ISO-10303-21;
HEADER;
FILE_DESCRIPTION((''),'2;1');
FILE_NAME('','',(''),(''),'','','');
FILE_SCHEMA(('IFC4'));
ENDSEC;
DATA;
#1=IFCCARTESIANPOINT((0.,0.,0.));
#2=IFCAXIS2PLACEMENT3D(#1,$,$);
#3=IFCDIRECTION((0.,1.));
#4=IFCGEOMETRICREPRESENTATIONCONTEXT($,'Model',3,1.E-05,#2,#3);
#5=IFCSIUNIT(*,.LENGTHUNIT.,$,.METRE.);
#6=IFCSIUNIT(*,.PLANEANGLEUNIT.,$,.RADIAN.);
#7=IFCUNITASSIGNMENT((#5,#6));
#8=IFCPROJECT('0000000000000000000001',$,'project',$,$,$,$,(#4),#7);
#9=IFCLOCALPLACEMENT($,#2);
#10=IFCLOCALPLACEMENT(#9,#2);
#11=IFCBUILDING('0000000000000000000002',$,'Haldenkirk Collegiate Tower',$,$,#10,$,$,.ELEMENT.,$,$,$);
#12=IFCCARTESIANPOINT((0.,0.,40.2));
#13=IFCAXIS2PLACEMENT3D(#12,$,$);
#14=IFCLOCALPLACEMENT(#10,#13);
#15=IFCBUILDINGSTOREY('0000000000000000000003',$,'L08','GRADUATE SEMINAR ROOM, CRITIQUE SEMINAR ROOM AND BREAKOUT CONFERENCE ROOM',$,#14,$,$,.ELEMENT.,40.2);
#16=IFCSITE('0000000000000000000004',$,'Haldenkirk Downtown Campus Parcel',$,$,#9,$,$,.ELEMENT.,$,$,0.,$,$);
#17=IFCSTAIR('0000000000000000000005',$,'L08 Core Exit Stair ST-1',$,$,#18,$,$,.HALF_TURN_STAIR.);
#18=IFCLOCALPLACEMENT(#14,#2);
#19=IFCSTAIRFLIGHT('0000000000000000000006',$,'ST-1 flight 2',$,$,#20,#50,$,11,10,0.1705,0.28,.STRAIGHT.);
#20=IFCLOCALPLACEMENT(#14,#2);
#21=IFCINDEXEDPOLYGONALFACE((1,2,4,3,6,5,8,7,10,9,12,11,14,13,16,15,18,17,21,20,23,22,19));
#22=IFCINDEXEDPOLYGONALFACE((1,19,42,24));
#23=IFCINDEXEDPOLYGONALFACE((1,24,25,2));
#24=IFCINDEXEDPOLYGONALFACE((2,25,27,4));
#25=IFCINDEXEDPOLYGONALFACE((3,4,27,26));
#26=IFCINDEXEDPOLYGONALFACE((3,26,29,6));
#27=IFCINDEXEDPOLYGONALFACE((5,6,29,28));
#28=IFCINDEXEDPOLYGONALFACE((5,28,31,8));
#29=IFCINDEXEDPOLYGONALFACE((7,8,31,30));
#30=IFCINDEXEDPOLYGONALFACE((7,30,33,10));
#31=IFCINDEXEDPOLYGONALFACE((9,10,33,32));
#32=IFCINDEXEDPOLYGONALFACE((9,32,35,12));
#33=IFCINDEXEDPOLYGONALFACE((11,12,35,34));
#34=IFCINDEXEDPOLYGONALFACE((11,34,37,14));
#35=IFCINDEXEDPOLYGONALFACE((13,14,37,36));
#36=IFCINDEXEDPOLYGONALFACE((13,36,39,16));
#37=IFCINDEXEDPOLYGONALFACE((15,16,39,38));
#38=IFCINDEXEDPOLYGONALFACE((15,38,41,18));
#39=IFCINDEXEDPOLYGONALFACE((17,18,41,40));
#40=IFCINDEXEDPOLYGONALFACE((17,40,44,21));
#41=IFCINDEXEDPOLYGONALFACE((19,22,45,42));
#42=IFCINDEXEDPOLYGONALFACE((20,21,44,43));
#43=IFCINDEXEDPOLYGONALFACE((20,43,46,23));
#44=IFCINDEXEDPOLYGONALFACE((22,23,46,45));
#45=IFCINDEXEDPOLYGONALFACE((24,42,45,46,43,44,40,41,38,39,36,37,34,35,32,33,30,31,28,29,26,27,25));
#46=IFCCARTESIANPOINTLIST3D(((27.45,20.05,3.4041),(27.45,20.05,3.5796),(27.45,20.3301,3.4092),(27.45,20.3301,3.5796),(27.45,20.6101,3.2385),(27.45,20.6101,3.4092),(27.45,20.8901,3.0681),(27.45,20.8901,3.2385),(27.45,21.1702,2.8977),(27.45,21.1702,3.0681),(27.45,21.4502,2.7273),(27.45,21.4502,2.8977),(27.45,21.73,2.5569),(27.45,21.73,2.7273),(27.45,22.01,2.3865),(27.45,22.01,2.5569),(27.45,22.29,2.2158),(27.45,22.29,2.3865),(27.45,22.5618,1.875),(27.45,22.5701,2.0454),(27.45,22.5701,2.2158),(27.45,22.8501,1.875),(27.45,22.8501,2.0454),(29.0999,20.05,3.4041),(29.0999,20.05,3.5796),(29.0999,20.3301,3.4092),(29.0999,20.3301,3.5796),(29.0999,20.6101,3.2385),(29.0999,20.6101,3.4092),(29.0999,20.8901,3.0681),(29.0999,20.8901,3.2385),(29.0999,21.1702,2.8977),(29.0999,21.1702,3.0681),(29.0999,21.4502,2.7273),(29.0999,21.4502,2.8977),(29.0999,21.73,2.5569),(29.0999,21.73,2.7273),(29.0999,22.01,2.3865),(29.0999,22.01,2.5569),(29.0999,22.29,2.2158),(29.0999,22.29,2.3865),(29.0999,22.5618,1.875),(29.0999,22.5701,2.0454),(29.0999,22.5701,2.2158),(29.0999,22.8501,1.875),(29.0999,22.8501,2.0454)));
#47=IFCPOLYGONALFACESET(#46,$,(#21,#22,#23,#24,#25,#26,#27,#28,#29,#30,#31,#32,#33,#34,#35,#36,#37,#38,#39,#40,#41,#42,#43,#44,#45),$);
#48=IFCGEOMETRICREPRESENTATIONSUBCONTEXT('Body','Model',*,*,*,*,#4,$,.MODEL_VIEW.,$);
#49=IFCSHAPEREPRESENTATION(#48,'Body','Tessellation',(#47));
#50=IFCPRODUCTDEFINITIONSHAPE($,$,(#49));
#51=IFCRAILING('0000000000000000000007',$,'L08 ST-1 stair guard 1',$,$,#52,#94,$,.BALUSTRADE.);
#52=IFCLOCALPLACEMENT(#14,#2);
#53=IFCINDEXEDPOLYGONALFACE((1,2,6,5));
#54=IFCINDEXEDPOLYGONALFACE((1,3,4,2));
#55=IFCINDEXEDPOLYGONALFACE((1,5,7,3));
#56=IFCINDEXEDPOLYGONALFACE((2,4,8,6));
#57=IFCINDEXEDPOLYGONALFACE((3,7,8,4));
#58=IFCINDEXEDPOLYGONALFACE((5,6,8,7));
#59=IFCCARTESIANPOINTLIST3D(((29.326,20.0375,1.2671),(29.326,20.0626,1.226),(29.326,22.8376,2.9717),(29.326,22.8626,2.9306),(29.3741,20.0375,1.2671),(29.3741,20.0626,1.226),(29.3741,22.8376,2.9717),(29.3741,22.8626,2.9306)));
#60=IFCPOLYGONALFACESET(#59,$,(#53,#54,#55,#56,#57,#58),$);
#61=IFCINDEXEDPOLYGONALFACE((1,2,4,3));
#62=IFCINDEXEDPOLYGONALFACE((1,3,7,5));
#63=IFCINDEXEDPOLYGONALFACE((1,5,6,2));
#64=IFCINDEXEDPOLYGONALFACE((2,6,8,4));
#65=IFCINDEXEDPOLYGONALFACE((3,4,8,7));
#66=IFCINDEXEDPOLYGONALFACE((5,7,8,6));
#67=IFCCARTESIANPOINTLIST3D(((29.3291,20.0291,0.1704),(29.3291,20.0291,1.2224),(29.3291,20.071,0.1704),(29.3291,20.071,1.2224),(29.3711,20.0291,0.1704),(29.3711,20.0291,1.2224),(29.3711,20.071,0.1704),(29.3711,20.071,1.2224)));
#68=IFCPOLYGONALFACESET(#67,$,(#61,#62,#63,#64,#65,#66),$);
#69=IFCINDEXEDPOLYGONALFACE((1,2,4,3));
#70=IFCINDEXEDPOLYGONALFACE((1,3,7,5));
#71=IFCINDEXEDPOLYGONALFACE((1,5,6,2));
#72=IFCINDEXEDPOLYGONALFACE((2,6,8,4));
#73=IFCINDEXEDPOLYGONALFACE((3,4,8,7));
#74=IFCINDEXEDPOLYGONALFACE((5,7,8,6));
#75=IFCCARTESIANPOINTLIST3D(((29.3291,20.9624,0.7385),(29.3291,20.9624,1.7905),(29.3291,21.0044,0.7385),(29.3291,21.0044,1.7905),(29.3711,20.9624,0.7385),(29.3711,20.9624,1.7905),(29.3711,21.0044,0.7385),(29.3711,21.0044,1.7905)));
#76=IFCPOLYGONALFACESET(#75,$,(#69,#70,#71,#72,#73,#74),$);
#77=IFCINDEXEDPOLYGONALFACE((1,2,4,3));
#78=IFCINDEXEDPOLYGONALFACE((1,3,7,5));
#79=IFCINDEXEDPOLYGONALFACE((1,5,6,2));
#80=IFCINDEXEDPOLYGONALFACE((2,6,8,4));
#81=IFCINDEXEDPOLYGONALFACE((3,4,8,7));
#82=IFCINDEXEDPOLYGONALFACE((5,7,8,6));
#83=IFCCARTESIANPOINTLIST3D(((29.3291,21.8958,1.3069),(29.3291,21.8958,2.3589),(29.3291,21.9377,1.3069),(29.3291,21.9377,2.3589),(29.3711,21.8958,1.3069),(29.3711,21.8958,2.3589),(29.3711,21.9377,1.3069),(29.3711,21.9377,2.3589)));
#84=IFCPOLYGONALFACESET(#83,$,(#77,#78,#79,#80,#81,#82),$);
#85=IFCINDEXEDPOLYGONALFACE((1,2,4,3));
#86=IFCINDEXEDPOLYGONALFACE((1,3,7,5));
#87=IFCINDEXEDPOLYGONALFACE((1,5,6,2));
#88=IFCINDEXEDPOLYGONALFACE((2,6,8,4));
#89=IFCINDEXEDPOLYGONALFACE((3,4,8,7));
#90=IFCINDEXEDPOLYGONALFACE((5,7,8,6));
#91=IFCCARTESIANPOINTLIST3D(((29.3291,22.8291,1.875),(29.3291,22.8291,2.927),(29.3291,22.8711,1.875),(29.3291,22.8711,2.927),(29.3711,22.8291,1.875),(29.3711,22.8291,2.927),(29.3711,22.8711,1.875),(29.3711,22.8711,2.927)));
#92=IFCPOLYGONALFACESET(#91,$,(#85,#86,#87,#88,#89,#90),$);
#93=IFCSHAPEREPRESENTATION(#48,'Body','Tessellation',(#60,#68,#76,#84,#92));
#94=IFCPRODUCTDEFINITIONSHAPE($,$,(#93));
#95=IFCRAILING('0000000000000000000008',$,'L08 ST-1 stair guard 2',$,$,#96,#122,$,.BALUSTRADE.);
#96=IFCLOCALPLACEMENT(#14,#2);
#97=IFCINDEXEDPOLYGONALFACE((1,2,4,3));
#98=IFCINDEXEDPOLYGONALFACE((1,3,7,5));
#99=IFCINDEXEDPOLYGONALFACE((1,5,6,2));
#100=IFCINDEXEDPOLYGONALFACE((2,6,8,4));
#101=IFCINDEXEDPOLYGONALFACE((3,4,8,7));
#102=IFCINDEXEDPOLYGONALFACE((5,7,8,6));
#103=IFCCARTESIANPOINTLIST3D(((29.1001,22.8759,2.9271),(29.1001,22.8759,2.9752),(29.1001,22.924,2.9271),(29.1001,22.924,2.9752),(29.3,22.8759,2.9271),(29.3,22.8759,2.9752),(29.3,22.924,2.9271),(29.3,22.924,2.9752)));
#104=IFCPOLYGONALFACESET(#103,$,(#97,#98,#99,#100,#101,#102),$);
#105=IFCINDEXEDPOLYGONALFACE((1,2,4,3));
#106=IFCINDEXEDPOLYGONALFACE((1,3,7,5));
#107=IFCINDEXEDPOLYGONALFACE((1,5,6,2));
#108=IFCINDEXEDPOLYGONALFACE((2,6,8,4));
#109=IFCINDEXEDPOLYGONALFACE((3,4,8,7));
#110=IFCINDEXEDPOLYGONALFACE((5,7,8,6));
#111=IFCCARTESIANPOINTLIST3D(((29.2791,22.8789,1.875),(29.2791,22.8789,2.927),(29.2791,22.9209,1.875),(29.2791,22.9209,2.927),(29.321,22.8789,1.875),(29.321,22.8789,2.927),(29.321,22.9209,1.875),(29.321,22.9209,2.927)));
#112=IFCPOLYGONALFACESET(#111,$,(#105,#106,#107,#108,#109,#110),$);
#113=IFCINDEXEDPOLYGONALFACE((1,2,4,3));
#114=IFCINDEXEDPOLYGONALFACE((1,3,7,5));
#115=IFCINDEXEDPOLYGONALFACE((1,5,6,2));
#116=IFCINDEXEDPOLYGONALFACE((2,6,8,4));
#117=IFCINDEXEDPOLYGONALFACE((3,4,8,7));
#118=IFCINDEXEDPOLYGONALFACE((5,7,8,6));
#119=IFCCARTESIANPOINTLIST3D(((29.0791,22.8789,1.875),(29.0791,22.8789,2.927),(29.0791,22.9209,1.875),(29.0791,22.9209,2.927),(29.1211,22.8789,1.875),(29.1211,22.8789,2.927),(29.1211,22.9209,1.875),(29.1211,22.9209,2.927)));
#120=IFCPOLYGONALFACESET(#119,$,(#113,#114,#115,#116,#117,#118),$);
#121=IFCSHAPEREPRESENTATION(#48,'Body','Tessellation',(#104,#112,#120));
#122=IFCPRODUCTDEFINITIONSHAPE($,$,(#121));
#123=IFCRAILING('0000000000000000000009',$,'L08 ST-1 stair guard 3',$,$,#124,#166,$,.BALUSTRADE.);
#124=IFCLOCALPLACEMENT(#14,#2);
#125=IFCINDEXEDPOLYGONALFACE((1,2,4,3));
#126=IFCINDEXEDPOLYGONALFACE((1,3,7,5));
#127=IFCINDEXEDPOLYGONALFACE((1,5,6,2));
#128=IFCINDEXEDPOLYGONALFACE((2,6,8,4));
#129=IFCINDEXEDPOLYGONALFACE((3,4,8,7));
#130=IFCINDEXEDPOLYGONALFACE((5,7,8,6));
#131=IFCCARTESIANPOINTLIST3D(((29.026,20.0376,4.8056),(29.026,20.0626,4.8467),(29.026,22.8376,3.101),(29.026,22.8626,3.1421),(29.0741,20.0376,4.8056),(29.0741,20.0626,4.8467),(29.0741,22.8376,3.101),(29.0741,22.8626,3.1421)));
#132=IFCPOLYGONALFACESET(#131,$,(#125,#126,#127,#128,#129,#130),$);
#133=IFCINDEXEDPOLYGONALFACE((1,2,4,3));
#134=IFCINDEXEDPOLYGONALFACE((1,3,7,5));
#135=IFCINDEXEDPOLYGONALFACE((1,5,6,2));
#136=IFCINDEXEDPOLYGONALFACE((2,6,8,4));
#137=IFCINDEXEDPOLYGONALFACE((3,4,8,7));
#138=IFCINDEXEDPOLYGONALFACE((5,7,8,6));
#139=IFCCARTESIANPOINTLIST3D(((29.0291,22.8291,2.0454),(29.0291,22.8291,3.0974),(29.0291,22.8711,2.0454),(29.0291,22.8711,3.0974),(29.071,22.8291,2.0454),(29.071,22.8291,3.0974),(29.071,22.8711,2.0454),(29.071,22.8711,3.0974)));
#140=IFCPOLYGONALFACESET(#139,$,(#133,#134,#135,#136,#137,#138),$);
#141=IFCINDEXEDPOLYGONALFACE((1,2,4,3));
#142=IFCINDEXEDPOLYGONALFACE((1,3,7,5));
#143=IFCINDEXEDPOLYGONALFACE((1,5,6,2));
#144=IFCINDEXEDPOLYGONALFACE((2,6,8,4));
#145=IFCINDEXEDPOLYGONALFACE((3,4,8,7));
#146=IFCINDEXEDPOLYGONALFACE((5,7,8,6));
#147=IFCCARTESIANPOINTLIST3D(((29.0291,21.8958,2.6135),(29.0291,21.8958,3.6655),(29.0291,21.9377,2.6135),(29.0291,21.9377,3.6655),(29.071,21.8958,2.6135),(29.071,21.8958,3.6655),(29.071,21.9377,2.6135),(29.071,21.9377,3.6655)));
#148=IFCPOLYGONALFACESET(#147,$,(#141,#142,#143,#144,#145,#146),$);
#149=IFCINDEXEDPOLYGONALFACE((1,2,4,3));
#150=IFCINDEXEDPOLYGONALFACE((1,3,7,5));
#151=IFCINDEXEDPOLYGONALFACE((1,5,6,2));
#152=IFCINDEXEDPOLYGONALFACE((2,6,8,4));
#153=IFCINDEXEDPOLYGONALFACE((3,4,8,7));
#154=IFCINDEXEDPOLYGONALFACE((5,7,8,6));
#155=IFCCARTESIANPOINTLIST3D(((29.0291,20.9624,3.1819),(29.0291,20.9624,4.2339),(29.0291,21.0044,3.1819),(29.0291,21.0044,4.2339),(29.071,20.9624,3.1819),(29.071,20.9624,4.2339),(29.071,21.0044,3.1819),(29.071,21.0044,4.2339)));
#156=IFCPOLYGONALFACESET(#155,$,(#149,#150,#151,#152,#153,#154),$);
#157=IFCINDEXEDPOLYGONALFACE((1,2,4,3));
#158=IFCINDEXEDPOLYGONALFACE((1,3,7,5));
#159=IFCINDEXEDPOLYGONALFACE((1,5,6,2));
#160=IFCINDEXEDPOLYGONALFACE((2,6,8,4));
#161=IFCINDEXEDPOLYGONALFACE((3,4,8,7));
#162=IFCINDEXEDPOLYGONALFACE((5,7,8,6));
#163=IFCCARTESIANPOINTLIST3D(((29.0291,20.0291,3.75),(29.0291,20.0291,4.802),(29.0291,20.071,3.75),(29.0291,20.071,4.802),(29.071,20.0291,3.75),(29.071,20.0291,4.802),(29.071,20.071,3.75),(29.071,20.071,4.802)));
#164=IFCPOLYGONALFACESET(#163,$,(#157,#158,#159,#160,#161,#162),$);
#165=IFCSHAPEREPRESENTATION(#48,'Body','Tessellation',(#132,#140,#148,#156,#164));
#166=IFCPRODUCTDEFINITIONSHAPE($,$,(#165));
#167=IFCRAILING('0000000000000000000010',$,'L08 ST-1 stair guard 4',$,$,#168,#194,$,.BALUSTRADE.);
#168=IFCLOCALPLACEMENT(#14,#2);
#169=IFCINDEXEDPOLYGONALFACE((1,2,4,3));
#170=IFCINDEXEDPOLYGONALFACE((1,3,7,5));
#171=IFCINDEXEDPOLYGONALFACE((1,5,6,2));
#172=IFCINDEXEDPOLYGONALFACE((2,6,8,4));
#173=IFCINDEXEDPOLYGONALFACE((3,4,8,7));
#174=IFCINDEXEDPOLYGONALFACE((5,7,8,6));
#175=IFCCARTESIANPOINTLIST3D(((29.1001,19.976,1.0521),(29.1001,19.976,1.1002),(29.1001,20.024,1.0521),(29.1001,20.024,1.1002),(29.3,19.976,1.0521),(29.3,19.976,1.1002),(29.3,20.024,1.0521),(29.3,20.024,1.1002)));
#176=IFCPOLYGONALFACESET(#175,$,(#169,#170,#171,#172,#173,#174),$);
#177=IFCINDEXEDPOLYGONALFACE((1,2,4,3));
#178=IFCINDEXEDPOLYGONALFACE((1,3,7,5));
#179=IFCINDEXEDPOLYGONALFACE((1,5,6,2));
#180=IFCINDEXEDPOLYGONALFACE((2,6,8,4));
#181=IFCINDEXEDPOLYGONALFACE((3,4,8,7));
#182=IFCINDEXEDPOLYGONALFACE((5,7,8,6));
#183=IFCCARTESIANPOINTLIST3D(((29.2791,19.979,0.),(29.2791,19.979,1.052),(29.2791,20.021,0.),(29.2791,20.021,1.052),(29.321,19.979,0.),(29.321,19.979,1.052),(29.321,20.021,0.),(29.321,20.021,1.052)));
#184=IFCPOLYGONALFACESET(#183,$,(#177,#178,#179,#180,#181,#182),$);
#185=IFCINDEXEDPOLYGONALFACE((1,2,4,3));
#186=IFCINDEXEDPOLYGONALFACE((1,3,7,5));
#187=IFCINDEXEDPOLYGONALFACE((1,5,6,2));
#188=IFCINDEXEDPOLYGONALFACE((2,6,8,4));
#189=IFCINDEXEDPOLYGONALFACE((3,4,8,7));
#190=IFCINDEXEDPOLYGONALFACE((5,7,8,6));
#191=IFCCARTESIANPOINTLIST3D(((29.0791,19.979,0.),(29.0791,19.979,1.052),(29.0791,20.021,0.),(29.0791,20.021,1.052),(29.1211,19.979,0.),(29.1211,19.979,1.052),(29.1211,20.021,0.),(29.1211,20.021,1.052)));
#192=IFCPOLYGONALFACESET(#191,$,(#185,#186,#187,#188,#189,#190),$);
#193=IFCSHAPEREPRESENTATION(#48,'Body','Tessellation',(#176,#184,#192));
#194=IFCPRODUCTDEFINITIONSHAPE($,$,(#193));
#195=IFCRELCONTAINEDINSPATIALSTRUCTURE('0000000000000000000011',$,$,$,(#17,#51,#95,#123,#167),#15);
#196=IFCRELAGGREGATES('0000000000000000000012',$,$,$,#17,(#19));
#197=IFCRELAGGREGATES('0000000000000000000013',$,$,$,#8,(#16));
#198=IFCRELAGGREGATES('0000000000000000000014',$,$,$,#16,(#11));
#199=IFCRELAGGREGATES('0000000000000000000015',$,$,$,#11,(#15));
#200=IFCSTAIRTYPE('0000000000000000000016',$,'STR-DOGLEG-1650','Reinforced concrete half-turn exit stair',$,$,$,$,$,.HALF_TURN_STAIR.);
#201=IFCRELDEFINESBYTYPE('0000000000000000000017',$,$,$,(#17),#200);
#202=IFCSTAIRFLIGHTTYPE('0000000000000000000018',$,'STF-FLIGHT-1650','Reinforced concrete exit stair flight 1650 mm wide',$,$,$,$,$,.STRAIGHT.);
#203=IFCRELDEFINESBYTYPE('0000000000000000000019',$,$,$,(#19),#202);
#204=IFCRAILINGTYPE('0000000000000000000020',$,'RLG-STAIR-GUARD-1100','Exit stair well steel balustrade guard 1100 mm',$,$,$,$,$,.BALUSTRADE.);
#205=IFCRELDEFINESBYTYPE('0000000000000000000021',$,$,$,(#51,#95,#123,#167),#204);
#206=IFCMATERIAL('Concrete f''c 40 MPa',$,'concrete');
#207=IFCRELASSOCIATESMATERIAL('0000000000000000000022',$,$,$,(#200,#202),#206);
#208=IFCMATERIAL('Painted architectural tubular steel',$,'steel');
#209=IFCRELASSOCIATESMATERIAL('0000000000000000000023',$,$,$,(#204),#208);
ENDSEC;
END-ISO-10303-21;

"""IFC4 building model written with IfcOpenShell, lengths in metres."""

from ifc_helpers import new_model, si_unit, direction, frame, origin, origin_2d, place, context, subcontext, project, spatial, polyline, rectangle, outline, extrude, material, type_object, element, aggregate, save


model = new_model("IFC4")

# Units and contexts
model_context = context("Model", 3, precision=1e-05, world=origin(), true_north=direction((0.0, 1.0)))
body_context = subcontext(model_context, "Body", "Model", "MODEL_VIEW")
ifc_project = project(units=[si_unit("LENGTHUNIT", "METRE"), si_unit("PLANEANGLEUNIT", "RADIAN")], contexts=[model_context])

# Site, building, storey
site_placement = place(None, origin())
site = spatial("IfcSite", under=ifc_project, at=site_placement, Name="Haldenkirk Downtown Campus Parcel", CompositionType="ELEMENT", RefElevation=0.0)
building_placement = place(site_placement, origin())
building = spatial("IfcBuilding", under=site, at=building_placement, Name="Haldenkirk Collegiate Tower", CompositionType="ELEMENT")
storey_placement = place(building_placement, frame((0.0, 0.0, 40.2)))
storey = spatial("IfcBuildingStorey", under=building, at=storey_placement, Name="L08", Description="GRADUATE SEMINAR ROOM, CRITIQUE SEMINAR ROOM AND BREAKOUT CONFERENCE ROOM", CompositionType="ELEMENT", Elevation=40.2)

# Stair, stair flight
ifc_material_1 = material(Name="Concrete f'c 40 MPa", Category="concrete")
stair_type = type_object("IfcStairType", Name="STR-DOGLEG-1650", Description="Reinforced concrete half-turn exit stair", PredefinedType="HALF_TURN_STAIR", material=ifc_material_1)
stair_placement = place(storey_placement, origin())
stair = element("IfcStair", 1, at=stair_placement, inside=storey, type_object=stair_type, Name="L08 Core Exit Stair ST-1", PredefinedType="HALF_TURN_STAIR")
stair_flight_type = type_object("IfcStairFlightType", Name="STF-FLIGHT-1650", Description="Reinforced concrete exit stair flight 1650 mm wide", PredefinedType="STRAIGHT", material=ifc_material_1)
stair_flight_1_placement = place(storey_placement, frame((28.2749, 22.8501, 1.875), z_axis=(0.0, 0.0, 1.0), x_axis=(0.0, -1.0, 0.0)))
stair_flight_1 = element("IfcStairFlight", 2, at=stair_flight_1_placement, type_object=stair_flight_type, Name="ST-1 flight 2", NumberOfRisers=11, NumberOfTreads=10, PredefinedType="STRAIGHT", RiserHeight=0.1705, TreadLength=0.28, context=body_context, shape_type="SweptSolid", body=[
    extrude(outline(polyline([(0.0, 0.0), (0.0, 0.1704), (0.28, 0.1704), (0.28, 0.3408), (0.5601, 0.3408), (0.5601, 0.5115), (0.8401, 0.5115), (0.8401, 0.6819), (1.1201, 0.6819), (1.1201, 0.8523), (1.3999, 0.8523), (1.3999, 1.0227), (1.6799, 1.0227), (1.6799, 1.1931), (1.96, 1.1931), (1.96, 1.3635), (2.24, 1.3635), (2.24, 1.5342), (2.52, 1.5342), (2.52, 1.7046), (2.8, 1.7046), (2.8, 1.875), (2.8, 1.5291), (0.2883, 0.0), (0.0, 0.0)])), frame((0.0, 0.825, 0.0), z_axis=(0.0, -1.0, 0.0), x_axis=(1.0, 0.0, 0.0)), (0.0, 0.0, 1.0), 1.6499),
])
aggregate(stair, [stair_flight_1])

# Railings
ifc_material_2 = material(Name="Painted architectural tubular steel", Category="steel")
railing_type_1 = type_object("IfcRailingType", Name="RLG-STAIR-GUARD-1100", Description="Exit stair well steel balustrade guard 1100 mm", PredefinedType="BALUSTRADE", material=ifc_material_2)
railing_1_placement = place(storey_placement, frame((29.3501, 20.05, 0.1704)))
element("IfcRailing", 3, at=railing_1_placement, inside=storey, type_object=railing_type_1, Name="L08 ST-1 stair guard 1", PredefinedType="BALUSTRADE", context=body_context, shape_type="SweptSolid", body=[
    extrude(rectangle(XDim=0.0481, YDim=0.0481, at=origin_2d()), frame((0.0, 0.0, 1.0762), z_axis=(0.0, 0.85417, 0.519994), x_axis=(-1.0, 0.0, 0.0)), (0.0, 0.0, 1.0), 3.2781),
    extrude(rectangle(XDim=0.042, YDim=0.042, at=origin_2d()), origin(), (0.0, 0.0, 1.0), 1.052),
    extrude(rectangle(XDim=0.042, YDim=0.042, at=origin_2d()), frame((0.0, 0.9333, 0.5681)), (0.0, 0.0, 1.0), 1.052),
    extrude(rectangle(XDim=0.042, YDim=0.042, at=origin_2d()), frame((0.0, 1.8667, 1.1365)), (0.0, 0.0, 1.0), 1.052),
    extrude(rectangle(XDim=0.042, YDim=0.042, at=origin_2d()), frame((0.0, 2.8, 1.7046)), (0.0, 0.0, 1.0), 1.052),
])
railing_2_placement = place(storey_placement, frame((29.3, 22.8999, 1.875)))
element("IfcRailing", 4, at=railing_2_placement, inside=storey, type_object=railing_type_1, Name="L08 ST-1 stair guard 2", PredefinedType="BALUSTRADE", context=body_context, shape_type="SweptSolid", body=[
    extrude(rectangle(XDim=0.0481, YDim=0.0481, at=origin_2d()), frame((0.0, 0.0, 1.0762), z_axis=(-1.0, 0.0, 0.0), x_axis=(0.0, -1.0, 0.0)), (0.0, 0.0, 1.0), 0.2),
    extrude(rectangle(XDim=0.042, YDim=0.042, at=origin_2d()), origin(), (0.0, 0.0, 1.0), 1.052),
    extrude(rectangle(XDim=0.042, YDim=0.042, at=origin_2d()), frame((-0.2, 0.0, 0.0)), (0.0, 0.0, 1.0), 1.052),
])
railing_3_placement = place(storey_placement, frame((29.05, 22.8501, 2.0454)))
element("IfcRailing", 5, at=railing_3_placement, inside=storey, type_object=railing_type_1, Name="L08 ST-1 stair guard 3", PredefinedType="BALUSTRADE", context=body_context, shape_type="SweptSolid", body=[
    extrude(rectangle(XDim=0.0481, YDim=0.0481, at=origin_2d()), frame((0.0, 0.0, 1.0762), z_axis=(0.0, -0.85417, 0.519994), x_axis=(1.0, 0.0, 0.0)), (0.0, 0.0, 1.0), 3.2781),
    extrude(rectangle(XDim=0.042, YDim=0.042, at=origin_2d()), origin(), (0.0, 0.0, 1.0), 1.052),
    extrude(rectangle(XDim=0.042, YDim=0.042, at=origin_2d()), frame((0.0, -0.9333, 0.5681)), (0.0, 0.0, 1.0), 1.052),
    extrude(rectangle(XDim=0.042, YDim=0.042, at=origin_2d()), frame((0.0, -1.8667, 1.1365)), (0.0, 0.0, 1.0), 1.052),
    extrude(rectangle(XDim=0.042, YDim=0.042, at=origin_2d()), frame((0.0, -2.8, 1.7046)), (0.0, 0.0, 1.0), 1.052),
])
railing_4_placement = place(storey_placement, frame((29.3, 20.0, 0.0)))
element("IfcRailing", 6, at=railing_4_placement, inside=storey, type_object=railing_type_1, Name="L08 ST-1 stair guard 4", PredefinedType="BALUSTRADE", context=body_context, shape_type="SweptSolid", body=[
    extrude(rectangle(XDim=0.0481, YDim=0.0481, at=origin_2d()), frame((0.0, 0.0, 1.0762), z_axis=(-1.0, 0.0, 0.0), x_axis=(0.0, -1.0, 0.0)), (0.0, 0.0, 1.0), 0.2),
    extrude(rectangle(XDim=0.042, YDim=0.042, at=origin_2d()), origin(), (0.0, 0.0, 1.0), 1.052),
    extrude(rectangle(XDim=0.042, YDim=0.042, at=origin_2d()), frame((-0.2, 0.0, 0.0)), (0.0, 0.0, 1.0), 1.052),
])

save(model, "model.ifc")
